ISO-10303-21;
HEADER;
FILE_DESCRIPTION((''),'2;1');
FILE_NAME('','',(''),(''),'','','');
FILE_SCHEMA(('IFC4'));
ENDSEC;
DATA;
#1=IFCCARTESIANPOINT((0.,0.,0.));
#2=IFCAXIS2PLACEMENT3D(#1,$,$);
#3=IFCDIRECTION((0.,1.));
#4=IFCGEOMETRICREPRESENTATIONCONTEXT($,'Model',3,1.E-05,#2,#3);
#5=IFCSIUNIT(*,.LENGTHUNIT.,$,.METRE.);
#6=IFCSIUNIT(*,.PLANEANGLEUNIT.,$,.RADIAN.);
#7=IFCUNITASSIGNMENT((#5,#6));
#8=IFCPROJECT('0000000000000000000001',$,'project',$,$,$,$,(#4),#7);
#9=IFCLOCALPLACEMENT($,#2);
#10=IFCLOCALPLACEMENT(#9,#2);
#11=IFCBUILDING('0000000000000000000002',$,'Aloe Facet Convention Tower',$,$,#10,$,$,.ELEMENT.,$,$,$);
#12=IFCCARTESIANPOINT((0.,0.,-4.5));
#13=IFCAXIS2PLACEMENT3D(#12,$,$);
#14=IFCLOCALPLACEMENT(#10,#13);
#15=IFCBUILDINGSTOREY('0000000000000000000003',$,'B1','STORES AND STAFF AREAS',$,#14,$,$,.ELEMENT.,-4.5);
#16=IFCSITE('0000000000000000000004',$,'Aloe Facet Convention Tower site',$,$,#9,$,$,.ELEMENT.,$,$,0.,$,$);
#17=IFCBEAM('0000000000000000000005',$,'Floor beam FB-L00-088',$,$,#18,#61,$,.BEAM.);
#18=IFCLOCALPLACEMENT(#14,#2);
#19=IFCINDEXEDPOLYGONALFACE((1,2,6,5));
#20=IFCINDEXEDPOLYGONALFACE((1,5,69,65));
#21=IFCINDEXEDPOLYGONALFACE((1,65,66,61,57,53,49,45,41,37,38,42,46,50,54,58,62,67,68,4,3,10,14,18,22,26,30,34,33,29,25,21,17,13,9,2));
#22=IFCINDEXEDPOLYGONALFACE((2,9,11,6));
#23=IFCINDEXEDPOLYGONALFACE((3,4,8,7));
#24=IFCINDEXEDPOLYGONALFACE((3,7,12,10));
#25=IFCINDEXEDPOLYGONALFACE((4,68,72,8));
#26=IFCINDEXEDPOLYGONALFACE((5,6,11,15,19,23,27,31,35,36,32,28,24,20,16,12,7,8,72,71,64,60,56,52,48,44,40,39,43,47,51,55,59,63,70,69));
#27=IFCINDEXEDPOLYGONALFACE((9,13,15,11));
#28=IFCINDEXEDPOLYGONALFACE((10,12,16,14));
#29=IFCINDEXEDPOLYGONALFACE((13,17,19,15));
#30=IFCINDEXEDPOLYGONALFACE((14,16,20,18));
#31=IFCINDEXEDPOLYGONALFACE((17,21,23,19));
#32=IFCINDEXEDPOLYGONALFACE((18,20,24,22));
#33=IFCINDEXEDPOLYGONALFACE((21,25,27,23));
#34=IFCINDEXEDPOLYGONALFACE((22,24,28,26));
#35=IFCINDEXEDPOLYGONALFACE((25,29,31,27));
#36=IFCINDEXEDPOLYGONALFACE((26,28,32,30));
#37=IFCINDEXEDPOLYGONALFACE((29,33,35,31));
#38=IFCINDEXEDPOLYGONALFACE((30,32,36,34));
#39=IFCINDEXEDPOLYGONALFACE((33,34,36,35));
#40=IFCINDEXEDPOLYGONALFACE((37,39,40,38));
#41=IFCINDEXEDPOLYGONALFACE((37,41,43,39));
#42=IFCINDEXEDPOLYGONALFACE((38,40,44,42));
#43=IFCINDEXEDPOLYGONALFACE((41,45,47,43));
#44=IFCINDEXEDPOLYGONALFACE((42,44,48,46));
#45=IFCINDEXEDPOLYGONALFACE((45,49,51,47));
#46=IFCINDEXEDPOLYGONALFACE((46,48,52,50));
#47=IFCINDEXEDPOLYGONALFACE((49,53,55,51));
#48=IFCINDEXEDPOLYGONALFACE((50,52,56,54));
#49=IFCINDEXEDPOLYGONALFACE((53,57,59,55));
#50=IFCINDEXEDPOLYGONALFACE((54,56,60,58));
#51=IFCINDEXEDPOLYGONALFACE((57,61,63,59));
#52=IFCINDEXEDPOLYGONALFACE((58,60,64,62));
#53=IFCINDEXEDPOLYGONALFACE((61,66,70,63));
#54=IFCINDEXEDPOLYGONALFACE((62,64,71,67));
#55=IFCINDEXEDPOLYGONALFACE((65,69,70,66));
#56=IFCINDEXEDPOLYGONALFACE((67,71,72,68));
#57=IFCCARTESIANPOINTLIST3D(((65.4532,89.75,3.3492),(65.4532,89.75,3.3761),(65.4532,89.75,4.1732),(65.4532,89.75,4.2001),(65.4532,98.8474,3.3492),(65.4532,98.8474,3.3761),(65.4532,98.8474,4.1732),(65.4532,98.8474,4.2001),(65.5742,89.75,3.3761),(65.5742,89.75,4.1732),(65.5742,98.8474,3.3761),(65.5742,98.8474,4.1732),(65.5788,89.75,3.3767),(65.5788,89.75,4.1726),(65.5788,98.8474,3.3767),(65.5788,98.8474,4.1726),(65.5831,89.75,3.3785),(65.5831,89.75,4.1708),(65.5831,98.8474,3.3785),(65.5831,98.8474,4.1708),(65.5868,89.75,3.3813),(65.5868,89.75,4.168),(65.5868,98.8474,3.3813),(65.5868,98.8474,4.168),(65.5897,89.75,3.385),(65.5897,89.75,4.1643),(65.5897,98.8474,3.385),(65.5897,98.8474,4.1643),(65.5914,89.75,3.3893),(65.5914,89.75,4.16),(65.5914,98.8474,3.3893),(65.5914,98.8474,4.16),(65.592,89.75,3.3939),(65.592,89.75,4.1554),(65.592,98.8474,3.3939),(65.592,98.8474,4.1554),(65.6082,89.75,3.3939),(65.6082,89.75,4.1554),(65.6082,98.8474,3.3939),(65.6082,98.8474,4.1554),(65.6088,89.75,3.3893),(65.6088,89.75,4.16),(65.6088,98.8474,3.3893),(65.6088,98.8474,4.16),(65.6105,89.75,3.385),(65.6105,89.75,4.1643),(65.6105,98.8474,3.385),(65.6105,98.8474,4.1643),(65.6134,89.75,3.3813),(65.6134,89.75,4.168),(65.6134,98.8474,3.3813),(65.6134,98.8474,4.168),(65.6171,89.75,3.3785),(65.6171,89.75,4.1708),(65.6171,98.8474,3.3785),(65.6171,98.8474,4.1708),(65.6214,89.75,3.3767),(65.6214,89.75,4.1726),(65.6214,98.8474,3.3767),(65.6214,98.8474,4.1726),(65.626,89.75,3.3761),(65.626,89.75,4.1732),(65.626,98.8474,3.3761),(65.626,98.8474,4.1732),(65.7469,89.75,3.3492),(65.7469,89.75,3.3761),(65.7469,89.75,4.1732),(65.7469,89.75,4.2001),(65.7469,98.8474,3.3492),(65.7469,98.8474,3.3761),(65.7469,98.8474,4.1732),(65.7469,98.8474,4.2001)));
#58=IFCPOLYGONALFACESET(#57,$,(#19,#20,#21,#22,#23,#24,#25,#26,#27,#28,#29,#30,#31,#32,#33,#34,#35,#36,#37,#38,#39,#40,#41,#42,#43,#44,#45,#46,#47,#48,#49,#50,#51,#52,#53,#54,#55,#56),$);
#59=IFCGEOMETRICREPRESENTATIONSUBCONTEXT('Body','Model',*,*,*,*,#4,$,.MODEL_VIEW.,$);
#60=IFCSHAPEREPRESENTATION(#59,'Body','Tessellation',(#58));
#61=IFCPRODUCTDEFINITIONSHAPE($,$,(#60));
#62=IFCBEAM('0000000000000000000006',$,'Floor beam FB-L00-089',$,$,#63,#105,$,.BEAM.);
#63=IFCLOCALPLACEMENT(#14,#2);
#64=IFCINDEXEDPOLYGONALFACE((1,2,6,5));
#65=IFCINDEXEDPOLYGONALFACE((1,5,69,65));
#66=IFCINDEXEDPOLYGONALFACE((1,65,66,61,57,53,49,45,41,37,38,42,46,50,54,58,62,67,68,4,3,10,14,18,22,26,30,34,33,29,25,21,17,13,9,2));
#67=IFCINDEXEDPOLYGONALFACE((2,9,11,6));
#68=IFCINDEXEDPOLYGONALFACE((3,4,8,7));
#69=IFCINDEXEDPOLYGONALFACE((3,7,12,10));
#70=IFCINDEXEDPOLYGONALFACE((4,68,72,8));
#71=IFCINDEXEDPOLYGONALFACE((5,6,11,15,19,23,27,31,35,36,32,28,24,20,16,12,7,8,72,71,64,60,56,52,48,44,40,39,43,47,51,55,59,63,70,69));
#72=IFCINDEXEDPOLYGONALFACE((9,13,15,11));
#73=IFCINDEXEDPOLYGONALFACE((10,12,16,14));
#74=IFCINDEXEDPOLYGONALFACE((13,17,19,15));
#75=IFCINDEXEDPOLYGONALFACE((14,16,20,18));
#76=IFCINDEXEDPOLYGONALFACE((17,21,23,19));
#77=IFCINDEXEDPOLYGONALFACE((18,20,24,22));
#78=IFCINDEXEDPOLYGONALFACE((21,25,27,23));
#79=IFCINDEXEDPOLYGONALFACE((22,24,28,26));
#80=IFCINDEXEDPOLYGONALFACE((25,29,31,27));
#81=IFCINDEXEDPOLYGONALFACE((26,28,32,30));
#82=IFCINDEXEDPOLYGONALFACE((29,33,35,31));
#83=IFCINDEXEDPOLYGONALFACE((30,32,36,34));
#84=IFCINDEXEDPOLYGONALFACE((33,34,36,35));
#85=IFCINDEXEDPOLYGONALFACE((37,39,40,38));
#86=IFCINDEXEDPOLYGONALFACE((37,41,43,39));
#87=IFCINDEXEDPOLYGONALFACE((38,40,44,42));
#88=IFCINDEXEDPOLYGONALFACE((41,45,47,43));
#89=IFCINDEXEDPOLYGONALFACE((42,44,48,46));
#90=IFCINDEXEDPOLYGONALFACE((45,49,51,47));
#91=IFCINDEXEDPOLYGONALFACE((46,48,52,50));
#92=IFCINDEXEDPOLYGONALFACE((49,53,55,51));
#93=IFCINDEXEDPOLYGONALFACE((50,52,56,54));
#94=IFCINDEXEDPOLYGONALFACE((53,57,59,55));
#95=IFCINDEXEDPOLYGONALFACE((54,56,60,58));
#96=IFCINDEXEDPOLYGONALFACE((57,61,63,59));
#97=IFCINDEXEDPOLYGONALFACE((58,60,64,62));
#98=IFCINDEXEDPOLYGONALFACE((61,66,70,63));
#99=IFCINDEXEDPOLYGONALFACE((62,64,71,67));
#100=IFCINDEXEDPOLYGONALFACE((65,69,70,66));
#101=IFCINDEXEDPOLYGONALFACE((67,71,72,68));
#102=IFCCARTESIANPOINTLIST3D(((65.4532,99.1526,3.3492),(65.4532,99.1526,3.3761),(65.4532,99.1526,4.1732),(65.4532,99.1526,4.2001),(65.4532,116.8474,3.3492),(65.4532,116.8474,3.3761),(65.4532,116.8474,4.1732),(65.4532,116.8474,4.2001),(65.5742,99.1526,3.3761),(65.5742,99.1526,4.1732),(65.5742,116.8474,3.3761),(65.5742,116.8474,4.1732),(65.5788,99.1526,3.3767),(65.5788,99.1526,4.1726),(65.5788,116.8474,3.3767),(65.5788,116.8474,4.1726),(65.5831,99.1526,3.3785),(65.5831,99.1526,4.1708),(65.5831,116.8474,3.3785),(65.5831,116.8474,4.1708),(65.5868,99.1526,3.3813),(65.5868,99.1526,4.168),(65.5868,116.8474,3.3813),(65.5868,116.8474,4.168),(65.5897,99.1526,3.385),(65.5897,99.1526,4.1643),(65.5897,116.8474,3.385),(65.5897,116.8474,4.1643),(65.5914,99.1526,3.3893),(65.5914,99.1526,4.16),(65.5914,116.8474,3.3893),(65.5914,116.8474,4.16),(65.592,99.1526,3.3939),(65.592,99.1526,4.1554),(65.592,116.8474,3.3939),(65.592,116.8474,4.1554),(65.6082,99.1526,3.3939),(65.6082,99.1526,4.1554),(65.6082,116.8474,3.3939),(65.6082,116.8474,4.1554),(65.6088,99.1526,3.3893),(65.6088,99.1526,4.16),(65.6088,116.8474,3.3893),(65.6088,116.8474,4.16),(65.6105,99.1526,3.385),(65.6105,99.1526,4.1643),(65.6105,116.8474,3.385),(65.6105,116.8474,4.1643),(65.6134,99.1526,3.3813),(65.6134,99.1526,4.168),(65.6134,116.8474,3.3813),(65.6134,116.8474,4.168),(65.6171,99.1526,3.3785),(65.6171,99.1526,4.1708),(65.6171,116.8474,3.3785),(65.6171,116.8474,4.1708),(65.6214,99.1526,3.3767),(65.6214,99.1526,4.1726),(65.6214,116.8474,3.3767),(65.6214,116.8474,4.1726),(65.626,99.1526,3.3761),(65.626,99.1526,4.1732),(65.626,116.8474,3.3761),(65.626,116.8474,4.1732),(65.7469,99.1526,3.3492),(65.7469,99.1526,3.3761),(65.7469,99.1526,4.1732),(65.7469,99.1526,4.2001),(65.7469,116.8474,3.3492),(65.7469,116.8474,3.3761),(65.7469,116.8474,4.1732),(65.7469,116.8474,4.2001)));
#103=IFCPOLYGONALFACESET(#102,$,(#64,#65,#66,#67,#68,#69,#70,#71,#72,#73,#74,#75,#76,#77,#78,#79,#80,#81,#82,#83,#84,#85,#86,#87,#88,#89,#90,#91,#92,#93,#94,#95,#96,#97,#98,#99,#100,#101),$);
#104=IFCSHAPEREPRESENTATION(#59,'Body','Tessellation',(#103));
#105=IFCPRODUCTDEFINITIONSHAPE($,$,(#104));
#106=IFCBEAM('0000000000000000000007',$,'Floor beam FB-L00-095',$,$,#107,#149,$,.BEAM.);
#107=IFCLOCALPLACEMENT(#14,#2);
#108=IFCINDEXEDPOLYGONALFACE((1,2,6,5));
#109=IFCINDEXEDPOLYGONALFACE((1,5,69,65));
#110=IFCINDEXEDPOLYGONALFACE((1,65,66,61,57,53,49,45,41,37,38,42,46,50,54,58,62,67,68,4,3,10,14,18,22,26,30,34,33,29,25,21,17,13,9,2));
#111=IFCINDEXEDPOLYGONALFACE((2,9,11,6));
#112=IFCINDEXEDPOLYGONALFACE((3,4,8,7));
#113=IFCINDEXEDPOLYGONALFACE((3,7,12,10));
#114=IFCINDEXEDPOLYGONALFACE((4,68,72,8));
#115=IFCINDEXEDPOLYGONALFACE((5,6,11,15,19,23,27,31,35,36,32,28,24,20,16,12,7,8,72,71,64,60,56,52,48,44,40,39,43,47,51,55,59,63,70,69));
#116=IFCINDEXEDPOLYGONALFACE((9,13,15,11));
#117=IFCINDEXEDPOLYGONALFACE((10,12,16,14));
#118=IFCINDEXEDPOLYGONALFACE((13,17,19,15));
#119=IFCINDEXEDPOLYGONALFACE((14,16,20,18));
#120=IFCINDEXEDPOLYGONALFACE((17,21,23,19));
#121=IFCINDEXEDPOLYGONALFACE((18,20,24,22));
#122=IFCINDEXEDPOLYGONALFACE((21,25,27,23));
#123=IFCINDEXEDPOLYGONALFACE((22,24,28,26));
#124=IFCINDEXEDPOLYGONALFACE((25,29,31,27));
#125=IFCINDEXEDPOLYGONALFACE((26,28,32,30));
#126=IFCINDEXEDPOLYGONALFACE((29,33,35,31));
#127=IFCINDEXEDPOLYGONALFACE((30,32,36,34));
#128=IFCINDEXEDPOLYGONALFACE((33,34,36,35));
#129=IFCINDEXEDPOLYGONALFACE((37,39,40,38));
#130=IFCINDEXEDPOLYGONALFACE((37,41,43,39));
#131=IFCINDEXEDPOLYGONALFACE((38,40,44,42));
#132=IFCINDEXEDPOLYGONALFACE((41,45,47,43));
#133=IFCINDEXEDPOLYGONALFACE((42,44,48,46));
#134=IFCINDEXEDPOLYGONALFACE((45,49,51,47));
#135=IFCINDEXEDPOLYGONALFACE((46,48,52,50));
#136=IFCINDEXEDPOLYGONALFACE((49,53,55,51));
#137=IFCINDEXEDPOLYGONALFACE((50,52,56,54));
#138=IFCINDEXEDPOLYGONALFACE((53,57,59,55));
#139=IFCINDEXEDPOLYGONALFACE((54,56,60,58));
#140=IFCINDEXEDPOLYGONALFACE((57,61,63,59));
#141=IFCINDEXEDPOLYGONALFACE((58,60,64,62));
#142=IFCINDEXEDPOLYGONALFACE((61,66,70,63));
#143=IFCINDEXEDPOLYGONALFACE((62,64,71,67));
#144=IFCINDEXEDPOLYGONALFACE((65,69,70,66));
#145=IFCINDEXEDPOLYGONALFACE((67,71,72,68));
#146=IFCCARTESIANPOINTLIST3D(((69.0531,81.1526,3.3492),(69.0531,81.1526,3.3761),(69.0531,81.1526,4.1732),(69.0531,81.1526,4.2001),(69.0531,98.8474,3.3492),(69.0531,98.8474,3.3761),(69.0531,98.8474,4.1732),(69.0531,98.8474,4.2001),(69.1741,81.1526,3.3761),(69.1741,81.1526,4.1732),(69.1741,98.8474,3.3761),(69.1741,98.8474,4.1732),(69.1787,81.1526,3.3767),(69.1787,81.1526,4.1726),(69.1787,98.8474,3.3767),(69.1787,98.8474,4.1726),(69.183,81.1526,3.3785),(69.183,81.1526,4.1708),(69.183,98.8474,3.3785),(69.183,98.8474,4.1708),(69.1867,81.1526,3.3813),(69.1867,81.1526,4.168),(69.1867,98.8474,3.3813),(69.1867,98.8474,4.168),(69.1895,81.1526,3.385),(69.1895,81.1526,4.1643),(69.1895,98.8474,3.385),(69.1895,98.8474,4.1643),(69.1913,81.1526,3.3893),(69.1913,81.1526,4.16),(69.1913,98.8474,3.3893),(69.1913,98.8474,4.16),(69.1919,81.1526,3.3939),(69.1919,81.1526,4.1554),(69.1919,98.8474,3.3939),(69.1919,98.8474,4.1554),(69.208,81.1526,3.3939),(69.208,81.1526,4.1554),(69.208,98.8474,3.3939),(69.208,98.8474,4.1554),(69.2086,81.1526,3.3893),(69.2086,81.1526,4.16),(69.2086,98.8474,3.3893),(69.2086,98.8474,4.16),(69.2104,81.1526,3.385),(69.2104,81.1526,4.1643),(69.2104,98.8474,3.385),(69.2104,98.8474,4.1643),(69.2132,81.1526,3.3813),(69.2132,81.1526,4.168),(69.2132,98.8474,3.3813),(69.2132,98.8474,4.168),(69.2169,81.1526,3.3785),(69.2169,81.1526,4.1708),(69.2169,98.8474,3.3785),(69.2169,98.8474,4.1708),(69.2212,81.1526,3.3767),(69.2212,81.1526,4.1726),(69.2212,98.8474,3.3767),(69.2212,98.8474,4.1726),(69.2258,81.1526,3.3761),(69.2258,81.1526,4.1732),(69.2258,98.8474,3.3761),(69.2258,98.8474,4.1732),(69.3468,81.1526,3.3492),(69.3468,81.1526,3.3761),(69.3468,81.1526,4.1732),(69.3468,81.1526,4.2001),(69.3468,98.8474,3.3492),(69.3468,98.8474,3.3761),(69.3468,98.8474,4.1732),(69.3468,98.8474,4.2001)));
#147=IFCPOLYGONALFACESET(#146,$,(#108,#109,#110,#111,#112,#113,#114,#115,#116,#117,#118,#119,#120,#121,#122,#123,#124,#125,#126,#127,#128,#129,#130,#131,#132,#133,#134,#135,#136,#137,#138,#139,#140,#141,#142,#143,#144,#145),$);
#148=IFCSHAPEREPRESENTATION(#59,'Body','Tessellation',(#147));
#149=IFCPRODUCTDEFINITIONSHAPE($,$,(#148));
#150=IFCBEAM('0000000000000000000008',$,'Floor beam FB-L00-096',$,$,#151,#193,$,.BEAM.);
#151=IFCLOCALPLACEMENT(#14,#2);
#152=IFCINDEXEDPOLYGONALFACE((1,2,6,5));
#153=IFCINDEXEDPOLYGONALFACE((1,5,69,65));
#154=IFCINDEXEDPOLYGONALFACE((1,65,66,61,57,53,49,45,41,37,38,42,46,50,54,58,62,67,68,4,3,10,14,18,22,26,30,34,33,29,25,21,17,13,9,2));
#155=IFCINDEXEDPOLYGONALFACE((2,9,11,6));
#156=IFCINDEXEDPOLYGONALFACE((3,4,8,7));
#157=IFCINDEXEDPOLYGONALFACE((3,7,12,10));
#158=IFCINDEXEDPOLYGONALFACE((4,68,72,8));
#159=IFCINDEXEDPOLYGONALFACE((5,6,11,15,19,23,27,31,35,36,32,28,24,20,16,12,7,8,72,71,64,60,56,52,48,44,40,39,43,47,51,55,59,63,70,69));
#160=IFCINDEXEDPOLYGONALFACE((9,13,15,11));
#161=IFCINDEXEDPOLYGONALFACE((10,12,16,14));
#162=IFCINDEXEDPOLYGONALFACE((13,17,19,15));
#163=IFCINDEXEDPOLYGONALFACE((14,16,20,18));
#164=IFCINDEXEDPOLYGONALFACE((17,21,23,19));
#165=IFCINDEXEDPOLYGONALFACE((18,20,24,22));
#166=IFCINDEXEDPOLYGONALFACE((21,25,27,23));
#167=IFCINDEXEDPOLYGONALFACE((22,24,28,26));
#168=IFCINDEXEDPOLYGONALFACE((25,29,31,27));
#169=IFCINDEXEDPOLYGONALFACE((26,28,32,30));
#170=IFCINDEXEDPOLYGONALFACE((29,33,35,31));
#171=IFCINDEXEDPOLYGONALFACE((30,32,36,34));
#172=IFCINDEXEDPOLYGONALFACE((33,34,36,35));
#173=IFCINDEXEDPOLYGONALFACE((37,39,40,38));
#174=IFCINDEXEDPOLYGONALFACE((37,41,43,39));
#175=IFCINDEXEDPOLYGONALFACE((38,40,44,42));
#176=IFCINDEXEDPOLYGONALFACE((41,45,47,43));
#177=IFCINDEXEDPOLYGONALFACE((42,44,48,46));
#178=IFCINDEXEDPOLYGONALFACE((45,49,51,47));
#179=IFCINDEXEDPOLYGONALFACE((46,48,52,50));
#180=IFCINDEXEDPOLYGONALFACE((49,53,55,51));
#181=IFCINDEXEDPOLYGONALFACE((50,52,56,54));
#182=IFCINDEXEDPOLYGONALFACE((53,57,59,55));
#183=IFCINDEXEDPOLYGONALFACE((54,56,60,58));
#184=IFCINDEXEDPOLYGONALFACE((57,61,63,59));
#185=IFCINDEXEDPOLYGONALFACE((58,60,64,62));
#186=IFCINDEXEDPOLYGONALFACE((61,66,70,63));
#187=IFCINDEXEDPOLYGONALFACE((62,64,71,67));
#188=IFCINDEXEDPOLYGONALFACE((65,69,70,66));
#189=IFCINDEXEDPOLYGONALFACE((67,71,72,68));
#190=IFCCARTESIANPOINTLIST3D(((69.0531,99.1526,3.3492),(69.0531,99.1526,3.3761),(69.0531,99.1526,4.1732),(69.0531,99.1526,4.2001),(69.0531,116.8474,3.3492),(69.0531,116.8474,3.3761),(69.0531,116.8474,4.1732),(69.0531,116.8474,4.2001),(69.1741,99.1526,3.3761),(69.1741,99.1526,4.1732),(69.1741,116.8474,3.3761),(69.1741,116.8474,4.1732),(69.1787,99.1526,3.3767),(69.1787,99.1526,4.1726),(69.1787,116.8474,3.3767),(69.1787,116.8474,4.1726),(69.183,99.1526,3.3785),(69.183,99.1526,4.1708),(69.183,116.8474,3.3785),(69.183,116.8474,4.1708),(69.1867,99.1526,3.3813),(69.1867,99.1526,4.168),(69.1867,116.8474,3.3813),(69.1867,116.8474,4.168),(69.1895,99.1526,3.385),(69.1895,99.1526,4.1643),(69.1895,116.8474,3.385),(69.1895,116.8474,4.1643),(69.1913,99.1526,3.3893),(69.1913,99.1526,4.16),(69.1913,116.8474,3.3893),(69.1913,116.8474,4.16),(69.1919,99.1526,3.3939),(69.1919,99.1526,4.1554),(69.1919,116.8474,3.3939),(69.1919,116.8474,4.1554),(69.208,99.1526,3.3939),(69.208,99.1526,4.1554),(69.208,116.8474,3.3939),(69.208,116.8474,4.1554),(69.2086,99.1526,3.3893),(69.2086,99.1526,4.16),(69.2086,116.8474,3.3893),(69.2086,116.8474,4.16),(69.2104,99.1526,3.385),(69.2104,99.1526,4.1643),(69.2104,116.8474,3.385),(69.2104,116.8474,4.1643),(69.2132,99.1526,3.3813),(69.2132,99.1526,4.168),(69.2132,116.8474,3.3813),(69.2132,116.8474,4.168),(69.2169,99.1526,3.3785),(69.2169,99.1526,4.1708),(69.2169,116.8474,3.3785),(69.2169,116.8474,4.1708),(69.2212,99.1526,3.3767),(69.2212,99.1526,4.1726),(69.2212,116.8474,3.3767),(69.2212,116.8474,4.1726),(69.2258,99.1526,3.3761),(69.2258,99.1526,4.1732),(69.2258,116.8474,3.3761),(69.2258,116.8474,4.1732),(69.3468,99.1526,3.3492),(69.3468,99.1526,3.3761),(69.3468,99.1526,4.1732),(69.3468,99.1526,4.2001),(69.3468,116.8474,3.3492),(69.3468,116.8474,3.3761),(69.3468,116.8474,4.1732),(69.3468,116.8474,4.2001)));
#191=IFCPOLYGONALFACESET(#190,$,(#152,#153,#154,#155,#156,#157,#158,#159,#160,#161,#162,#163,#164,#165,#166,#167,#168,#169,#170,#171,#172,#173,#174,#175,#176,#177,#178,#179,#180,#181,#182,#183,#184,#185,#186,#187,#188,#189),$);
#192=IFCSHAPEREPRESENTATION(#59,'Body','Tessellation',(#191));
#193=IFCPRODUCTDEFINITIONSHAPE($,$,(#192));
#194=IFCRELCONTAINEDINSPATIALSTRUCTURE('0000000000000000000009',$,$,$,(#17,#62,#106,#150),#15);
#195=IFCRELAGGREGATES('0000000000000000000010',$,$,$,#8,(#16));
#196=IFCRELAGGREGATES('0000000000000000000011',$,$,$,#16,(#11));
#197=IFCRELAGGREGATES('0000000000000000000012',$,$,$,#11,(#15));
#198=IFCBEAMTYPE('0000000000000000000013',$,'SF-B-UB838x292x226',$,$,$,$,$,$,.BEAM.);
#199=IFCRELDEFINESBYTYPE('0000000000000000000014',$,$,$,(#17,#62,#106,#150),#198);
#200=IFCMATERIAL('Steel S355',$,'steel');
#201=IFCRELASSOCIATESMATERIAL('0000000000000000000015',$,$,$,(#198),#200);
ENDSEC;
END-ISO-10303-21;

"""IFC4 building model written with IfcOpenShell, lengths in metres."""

from ifc_helpers import new_model, si_unit, direction, frame, origin, origin_2d, place, context, subcontext, project, spatial, i_section, extrude, material, material_profile, profile_set, type_object, element, save


model = new_model("IFC4")

# Units and contexts
model_context = context("Model", 3, precision=1e-05, world=origin(), true_north=direction((0.0, 1.0)))
body_context = subcontext(model_context, "Body", "Model", "MODEL_VIEW")
ifc_project = project(units=[si_unit("LENGTHUNIT", "METRE"), si_unit("PLANEANGLEUNIT", "RADIAN")], contexts=[model_context])

# Site, building, storey
site_placement = place(None, origin())
site = spatial("IfcSite", under=ifc_project, at=site_placement, Name="Aloe Facet Convention Tower site", CompositionType="ELEMENT", RefElevation=0.0)
building_placement = place(site_placement, origin())
building = spatial("IfcBuilding", under=site, at=building_placement, Name="Aloe Facet Convention Tower", CompositionType="ELEMENT")
storey_placement = place(building_placement, frame((0.0, 0.0, -4.5)))
storey = spatial("IfcBuildingStorey", under=building, at=storey_placement, Name="B1", Description="STORES AND STAFF AREAS", CompositionType="ELEMENT", Elevation=-4.5)

# Beams
ifc_material_1 = material(Name="Steel S355", Category="steel")
ifc_material_profile_1 = material_profile(ifc_material_1, i_section(OverallWidth=0.2937, OverallDepth=0.8508, WebThickness=0.0161, FlangeThickness=0.0269, FilletRadius=0.0178, at=origin_2d()), Name="UB 838x292x226")
ifc_profile_set_1 = profile_set([ifc_material_profile_1], Name="Steel S355")
beam_type_1 = type_object("IfcBeamType", Name="SF-B-UB838x292x226", PredefinedType="BEAM", material=ifc_profile_set_1)
beam_1_placement = place(storey_placement, frame((65.6001, 89.75, 3.7747), z_axis=(0.0, 1.0, 0.0), x_axis=(-1.0, 0.0, 0.0)))
element("IfcBeam", 1, at=beam_1_placement, inside=storey, type_object=beam_type_1, Name="Floor beam FB-L00-088", PredefinedType="BEAM", context=body_context, shape_type="SweptSolid", body=[
    extrude(i_section(OverallWidth=0.2937, OverallDepth=0.8508, WebThickness=0.0161, FlangeThickness=0.0269, FilletRadius=0.0178, at=origin_2d()), origin(), (0.0, 0.0, 1.0), 9.0974),
])
for number, where, z_axis, x_axis, name in (
    (2, (65.6001, 99.1526, 3.7747), (0.0, 1.0, 0.0), (-1.0, 0.0, 0.0), "Floor beam FB-L00-089"),
    (3, (69.2, 81.1526, 3.7747), (0.0, 1.0, 0.0), (-1.0, 0.0, 0.0), "Floor beam FB-L00-095"),
    (4, (69.2, 99.1526, 3.7747), (0.0, 1.0, 0.0), (-1.0, 0.0, 0.0), "Floor beam FB-L00-096"),
):
    element("IfcBeam", number, at=place(storey_placement, frame(where, z_axis=z_axis, x_axis=x_axis)), inside=storey, type_object=beam_type_1, Name=name, PredefinedType="BEAM", context=body_context, shape_type="SweptSolid", body=[
        extrude(i_section(OverallWidth=0.2937, OverallDepth=0.8508, WebThickness=0.0161, FlangeThickness=0.0269, FilletRadius=0.0178, at=origin_2d()), origin(), (0.0, 0.0, 1.0), 17.6948),
    ])

save(model, "model.ifc")
